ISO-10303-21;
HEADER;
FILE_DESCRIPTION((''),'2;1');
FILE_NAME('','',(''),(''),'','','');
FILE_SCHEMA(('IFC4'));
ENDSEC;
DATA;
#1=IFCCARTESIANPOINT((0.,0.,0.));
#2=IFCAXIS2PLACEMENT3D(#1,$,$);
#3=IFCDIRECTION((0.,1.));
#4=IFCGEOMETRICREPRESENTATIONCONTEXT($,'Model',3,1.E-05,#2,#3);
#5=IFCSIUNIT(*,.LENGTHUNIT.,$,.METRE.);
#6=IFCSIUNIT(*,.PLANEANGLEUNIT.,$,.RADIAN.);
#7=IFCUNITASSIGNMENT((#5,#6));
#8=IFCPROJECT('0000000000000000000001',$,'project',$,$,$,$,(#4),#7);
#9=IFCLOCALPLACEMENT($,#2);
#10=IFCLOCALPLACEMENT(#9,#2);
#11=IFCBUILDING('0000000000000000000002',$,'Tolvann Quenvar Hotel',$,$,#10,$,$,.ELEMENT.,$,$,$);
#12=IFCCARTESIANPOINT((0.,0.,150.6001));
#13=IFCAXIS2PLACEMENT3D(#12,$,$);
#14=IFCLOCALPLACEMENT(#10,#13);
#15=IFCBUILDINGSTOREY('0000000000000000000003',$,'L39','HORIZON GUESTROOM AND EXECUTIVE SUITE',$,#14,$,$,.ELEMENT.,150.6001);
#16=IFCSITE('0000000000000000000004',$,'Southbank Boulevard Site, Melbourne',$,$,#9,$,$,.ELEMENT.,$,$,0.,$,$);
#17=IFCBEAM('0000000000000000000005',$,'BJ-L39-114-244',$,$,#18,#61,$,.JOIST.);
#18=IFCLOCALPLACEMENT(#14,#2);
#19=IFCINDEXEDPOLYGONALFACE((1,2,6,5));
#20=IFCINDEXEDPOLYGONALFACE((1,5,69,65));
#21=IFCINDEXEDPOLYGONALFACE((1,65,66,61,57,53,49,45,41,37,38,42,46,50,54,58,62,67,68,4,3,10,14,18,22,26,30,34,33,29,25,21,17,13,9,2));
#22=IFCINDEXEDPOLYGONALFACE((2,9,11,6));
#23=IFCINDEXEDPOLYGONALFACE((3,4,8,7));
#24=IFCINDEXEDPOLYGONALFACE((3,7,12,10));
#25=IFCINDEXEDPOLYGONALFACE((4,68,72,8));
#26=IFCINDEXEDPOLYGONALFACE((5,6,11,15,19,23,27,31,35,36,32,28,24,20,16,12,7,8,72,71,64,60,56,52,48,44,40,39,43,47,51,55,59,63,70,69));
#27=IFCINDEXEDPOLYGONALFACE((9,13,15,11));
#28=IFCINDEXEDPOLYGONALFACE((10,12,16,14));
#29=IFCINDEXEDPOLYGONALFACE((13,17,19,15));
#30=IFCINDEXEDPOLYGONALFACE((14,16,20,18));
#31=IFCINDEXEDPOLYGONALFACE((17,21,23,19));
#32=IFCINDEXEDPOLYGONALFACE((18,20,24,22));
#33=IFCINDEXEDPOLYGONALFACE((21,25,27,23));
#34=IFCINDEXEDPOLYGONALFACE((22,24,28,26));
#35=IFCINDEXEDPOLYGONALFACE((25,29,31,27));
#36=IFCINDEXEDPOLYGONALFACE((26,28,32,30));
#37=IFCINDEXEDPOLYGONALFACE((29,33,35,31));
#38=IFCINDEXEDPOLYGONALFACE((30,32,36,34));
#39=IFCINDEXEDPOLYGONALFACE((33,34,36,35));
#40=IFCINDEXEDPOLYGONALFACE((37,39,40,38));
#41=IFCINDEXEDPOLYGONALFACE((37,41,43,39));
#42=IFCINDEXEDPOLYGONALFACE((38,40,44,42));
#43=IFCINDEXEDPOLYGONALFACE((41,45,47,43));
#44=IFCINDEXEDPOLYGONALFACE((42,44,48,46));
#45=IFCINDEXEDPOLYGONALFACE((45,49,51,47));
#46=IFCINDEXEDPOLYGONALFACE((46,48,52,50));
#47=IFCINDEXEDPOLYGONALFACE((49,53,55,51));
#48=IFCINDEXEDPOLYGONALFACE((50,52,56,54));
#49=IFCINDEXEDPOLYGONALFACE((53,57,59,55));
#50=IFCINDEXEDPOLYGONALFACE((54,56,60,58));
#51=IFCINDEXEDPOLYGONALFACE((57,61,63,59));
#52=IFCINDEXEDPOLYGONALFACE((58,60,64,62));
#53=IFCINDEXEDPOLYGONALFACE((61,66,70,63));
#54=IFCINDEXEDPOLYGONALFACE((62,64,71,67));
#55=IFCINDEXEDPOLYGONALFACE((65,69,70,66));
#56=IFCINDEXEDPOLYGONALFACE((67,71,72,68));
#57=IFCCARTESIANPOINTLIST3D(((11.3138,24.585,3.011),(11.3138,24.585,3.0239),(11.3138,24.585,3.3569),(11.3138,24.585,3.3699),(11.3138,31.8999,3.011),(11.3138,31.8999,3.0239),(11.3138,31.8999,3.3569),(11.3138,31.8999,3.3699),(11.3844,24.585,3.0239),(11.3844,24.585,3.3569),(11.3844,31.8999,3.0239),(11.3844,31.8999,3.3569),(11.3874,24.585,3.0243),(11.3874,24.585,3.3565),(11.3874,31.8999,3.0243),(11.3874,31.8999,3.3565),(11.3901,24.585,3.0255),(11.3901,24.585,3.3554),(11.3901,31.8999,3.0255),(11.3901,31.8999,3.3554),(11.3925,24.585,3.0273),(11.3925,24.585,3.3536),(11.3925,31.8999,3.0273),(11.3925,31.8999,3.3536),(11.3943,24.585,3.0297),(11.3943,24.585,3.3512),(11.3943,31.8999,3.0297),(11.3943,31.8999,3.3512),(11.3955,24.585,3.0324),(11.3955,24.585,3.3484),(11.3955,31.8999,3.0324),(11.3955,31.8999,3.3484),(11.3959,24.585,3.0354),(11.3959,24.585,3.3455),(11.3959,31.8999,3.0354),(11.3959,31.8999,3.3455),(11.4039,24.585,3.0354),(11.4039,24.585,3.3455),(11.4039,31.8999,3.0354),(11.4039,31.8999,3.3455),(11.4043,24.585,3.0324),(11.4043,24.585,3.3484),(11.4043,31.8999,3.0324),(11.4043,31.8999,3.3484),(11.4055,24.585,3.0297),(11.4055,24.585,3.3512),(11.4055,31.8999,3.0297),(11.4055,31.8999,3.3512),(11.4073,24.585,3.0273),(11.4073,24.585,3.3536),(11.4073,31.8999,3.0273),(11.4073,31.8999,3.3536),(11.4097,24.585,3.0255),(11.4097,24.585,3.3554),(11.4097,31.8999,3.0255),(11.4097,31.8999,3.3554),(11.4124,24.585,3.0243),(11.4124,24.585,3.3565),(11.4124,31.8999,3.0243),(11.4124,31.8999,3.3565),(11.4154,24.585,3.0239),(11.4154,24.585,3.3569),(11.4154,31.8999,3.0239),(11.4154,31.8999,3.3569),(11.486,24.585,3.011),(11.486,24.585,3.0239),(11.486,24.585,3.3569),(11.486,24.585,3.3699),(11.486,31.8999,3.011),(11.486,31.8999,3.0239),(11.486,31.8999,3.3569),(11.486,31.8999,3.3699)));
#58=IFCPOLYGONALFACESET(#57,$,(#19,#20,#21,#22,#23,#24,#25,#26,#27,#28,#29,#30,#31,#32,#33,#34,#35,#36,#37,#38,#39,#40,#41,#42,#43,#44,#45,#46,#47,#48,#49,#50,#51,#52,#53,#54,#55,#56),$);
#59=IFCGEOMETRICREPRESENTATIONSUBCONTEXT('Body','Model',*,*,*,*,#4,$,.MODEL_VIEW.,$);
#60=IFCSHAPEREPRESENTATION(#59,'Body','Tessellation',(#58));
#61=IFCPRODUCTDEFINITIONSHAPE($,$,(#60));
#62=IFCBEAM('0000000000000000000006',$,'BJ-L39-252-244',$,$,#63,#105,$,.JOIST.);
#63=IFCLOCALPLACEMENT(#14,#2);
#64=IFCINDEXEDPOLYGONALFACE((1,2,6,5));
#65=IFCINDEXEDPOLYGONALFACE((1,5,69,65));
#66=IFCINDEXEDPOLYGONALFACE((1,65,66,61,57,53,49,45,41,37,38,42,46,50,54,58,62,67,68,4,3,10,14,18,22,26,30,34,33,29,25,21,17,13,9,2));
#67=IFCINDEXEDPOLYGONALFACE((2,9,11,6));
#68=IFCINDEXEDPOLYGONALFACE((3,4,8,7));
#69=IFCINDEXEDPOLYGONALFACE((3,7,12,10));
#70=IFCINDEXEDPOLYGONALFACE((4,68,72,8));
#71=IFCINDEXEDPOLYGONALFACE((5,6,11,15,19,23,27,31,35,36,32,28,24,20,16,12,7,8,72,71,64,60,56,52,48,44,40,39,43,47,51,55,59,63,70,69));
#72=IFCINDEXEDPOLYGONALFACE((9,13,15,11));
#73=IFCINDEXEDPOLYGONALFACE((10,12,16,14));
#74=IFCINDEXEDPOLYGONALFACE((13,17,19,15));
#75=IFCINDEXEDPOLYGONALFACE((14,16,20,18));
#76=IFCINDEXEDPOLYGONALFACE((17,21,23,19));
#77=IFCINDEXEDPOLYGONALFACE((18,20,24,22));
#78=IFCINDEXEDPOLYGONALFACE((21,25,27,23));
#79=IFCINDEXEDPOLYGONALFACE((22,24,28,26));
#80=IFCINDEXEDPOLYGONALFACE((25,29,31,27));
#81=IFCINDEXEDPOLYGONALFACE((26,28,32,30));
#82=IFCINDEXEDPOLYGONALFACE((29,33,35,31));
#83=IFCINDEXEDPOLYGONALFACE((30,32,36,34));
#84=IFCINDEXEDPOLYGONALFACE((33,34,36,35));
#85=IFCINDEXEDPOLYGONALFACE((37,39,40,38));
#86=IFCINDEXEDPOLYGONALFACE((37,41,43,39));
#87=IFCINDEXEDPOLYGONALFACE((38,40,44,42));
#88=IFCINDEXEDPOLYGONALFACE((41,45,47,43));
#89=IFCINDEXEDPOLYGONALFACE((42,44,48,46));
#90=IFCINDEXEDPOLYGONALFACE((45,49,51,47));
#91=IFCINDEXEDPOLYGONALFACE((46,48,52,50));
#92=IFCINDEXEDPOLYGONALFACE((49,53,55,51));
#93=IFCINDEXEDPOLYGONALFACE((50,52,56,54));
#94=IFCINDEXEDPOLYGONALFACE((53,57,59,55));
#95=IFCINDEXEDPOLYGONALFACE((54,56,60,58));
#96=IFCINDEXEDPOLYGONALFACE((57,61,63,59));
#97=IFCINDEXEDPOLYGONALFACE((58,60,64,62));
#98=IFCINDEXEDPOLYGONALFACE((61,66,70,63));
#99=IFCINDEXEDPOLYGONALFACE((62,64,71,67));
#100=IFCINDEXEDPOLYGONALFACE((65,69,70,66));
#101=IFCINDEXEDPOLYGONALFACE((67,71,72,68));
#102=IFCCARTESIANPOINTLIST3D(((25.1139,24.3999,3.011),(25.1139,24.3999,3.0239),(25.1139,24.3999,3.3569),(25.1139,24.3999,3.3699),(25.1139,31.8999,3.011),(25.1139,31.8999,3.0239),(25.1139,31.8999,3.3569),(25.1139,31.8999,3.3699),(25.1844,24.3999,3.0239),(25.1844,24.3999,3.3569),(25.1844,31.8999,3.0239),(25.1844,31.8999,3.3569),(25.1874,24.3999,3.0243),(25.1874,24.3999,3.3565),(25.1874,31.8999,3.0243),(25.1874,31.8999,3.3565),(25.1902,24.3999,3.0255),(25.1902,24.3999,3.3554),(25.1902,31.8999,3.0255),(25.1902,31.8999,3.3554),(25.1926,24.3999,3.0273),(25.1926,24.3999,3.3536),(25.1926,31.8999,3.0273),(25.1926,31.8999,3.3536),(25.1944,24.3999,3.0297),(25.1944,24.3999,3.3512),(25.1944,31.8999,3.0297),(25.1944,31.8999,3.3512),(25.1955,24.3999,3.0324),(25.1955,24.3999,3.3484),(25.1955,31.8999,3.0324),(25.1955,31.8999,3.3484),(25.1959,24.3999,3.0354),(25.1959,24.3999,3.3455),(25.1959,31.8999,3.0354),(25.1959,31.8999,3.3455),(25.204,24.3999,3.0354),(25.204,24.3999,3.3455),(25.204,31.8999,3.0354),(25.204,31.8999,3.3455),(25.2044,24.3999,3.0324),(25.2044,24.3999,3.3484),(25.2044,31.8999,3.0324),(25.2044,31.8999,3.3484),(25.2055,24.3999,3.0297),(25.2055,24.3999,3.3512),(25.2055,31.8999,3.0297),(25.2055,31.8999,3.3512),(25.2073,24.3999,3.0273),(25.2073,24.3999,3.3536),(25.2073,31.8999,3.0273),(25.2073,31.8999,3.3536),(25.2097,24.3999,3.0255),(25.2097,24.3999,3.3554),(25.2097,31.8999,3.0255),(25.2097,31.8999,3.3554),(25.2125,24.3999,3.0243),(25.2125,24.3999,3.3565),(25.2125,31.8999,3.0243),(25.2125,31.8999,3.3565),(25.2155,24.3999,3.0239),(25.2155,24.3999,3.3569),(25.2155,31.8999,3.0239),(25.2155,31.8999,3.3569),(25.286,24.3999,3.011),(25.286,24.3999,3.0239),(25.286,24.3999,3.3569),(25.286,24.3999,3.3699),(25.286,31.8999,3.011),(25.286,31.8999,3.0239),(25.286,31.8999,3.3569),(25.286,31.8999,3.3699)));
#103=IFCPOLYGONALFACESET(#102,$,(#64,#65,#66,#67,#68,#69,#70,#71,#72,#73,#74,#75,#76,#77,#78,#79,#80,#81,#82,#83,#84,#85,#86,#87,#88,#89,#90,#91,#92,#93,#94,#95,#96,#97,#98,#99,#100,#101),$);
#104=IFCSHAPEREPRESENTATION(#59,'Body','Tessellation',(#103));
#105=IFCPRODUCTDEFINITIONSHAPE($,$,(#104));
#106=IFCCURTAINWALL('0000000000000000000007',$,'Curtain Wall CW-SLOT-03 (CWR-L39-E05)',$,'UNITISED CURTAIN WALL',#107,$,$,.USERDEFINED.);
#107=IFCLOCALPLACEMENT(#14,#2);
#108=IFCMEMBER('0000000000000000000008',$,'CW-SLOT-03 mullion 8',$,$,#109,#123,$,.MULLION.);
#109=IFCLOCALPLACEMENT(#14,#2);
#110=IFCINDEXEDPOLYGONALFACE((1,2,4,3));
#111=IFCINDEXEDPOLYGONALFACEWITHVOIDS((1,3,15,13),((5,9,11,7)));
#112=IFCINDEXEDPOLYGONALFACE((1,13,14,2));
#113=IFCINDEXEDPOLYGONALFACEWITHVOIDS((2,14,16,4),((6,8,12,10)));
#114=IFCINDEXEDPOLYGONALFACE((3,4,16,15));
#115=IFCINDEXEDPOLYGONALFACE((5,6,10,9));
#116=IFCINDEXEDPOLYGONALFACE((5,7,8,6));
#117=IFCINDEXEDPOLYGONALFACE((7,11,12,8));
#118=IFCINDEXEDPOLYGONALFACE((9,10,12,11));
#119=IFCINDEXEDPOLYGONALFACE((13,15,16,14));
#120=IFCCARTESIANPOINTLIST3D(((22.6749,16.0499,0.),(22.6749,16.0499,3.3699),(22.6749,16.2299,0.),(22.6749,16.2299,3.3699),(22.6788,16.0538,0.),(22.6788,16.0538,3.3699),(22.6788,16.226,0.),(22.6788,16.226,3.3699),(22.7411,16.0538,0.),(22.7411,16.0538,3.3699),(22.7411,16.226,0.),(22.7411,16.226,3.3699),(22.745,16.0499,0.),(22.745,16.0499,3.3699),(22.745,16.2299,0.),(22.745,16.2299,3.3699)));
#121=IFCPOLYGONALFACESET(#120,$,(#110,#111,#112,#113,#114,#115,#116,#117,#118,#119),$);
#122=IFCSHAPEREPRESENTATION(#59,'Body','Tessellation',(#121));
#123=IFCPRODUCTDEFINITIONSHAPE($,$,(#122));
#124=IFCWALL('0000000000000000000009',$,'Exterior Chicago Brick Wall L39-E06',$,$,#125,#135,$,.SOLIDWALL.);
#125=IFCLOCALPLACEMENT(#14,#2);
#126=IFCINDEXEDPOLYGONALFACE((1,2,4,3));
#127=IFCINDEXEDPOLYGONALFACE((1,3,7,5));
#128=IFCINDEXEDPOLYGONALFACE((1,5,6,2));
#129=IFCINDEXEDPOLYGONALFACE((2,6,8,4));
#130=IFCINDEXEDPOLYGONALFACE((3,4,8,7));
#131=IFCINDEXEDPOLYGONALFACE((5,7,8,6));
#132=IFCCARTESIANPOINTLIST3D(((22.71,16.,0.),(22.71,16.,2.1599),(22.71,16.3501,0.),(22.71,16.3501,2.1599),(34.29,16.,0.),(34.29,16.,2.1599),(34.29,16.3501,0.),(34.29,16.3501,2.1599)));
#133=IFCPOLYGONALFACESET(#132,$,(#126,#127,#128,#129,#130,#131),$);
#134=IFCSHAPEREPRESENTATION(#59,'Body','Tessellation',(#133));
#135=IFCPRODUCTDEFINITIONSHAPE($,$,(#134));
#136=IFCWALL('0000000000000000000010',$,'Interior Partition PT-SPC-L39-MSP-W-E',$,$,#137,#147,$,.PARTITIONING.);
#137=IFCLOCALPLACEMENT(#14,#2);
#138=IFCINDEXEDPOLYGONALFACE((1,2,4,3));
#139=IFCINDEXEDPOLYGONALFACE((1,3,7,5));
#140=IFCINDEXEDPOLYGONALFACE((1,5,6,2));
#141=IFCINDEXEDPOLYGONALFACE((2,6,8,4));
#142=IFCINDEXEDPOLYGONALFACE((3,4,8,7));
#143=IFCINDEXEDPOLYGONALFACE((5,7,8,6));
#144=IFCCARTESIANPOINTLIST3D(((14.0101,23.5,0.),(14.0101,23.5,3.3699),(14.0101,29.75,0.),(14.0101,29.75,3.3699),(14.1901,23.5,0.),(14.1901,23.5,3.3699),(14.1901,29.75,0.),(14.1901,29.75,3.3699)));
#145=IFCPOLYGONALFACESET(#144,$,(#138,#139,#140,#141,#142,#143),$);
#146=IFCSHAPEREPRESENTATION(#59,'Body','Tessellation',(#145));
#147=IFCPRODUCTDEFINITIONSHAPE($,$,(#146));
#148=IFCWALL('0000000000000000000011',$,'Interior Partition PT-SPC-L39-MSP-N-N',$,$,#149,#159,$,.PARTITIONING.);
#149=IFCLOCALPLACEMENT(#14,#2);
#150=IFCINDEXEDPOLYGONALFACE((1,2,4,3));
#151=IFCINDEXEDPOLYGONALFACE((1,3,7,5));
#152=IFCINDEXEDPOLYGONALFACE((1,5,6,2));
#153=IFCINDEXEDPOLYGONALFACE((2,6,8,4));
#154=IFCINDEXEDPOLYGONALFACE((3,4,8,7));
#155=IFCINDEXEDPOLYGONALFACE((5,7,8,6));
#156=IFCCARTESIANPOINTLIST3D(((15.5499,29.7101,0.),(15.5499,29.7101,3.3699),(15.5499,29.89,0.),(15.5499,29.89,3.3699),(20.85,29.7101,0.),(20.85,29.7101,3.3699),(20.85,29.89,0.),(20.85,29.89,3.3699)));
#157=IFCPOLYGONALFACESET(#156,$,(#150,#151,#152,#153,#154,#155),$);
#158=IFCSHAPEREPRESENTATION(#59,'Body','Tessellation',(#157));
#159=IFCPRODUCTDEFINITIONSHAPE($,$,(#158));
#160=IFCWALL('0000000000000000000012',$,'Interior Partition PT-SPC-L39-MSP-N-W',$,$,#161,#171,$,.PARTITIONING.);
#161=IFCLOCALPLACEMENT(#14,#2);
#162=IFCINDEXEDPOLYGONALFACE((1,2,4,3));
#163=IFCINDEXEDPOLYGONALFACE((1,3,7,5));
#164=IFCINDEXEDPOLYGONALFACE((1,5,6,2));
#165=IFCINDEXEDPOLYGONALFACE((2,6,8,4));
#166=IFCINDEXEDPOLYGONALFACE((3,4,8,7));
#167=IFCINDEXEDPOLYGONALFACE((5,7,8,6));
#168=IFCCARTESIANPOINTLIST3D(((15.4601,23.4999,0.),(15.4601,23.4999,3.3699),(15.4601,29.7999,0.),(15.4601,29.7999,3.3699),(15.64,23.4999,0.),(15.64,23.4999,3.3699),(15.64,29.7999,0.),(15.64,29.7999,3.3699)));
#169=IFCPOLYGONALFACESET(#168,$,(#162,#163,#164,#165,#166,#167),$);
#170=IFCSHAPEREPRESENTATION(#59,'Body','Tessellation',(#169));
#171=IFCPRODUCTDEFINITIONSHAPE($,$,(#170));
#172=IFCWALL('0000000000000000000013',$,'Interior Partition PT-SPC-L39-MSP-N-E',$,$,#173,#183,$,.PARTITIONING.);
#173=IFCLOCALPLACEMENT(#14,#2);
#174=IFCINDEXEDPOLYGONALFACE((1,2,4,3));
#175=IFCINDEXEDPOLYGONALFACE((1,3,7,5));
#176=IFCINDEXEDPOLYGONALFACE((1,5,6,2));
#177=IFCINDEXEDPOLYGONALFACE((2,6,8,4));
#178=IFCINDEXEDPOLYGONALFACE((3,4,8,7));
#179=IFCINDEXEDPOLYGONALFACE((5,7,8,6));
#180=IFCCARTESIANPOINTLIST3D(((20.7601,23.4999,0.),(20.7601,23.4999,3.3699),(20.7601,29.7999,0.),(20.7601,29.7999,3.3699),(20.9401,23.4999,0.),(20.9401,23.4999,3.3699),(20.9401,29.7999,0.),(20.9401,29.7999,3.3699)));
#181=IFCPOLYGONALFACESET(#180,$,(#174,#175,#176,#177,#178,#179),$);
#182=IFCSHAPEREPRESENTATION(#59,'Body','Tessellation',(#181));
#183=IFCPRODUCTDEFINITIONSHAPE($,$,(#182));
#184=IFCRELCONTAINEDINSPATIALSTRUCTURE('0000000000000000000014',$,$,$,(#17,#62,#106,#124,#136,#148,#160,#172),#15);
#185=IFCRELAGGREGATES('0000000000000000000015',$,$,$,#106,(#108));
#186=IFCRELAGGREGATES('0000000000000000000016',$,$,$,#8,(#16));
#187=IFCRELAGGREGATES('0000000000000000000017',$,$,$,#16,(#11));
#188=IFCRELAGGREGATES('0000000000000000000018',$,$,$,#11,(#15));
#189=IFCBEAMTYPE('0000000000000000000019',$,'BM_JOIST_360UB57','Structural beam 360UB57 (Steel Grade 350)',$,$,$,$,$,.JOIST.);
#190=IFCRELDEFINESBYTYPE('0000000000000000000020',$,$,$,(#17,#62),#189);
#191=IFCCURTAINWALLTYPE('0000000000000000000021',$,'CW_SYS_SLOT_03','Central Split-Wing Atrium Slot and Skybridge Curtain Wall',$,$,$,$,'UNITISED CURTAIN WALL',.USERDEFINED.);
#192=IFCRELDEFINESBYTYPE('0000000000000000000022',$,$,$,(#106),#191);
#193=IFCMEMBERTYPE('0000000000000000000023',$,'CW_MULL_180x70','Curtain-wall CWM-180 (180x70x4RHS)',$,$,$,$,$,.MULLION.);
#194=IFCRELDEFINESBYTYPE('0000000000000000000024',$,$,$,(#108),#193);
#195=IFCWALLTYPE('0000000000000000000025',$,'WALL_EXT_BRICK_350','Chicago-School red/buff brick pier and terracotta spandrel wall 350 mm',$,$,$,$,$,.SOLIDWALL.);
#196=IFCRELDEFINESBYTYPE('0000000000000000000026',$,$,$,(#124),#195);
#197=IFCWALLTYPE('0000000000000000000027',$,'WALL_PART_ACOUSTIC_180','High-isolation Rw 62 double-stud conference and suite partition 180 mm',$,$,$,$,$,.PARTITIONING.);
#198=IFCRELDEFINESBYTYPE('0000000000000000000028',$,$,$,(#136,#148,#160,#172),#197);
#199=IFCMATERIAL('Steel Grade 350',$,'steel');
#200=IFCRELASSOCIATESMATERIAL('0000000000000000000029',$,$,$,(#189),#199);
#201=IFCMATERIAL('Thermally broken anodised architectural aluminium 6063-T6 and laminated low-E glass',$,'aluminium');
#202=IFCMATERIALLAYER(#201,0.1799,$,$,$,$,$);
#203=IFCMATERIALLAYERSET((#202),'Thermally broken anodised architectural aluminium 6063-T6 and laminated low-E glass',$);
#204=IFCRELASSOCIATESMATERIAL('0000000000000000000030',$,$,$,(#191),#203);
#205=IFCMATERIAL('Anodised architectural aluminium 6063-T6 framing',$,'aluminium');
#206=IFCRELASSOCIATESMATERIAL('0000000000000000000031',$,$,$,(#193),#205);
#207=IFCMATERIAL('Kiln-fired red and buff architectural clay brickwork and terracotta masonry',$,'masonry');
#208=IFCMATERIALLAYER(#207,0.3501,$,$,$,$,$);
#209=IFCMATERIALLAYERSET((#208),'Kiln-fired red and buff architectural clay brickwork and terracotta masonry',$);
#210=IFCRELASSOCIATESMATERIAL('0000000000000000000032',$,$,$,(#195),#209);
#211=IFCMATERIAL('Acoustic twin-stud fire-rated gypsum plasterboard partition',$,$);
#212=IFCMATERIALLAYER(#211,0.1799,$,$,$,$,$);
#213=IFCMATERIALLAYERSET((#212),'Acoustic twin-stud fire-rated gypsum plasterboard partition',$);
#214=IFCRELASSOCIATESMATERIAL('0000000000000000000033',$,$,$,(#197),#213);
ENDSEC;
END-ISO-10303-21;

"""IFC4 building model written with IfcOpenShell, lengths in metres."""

from ifc_helpers import new_model, si_unit, direction, frame, frame_2d, origin, origin_2d, place, context, subcontext, project, spatial, rectangle, hollow_rectangle, i_section, extrude, source, transform, mapped, material, layer, layer_set, material_profile, profile_set, type_object, type_shapes, element, aggregate, save


model = new_model("IFC4")

# Units and contexts
model_context = context("Model", 3, precision=1e-05, world=origin(), true_north=direction((0.0, 1.0)))
body_context = subcontext(model_context, "Body", "Model", "MODEL_VIEW")
ifc_project = project(units=[si_unit("LENGTHUNIT", "METRE"), si_unit("PLANEANGLEUNIT", "RADIAN")], contexts=[model_context])

# Site, building, storey
site_placement = place(None, origin())
site = spatial("IfcSite", under=ifc_project, at=site_placement, Name="Southbank Boulevard Site, Melbourne", CompositionType="ELEMENT", RefElevation=0.0)
building_placement = place(site_placement, origin())
building = spatial("IfcBuilding", under=site, at=building_placement, Name="Tolvann Quenvar Hotel", CompositionType="ELEMENT")
storey_placement = place(building_placement, frame((0.0, 0.0, 150.6001)))
storey = spatial("IfcBuildingStorey", under=building, at=storey_placement, Name="L39", Description="HORIZON GUESTROOM AND EXECUTIVE SUITE", CompositionType="ELEMENT", Elevation=150.6001)

# Shared definitions
ifc_material_1 = material(Name="Steel Grade 350", Category="steel")

# Beams
ifc_material_profile_1 = material_profile(ifc_material_1, i_section(OverallWidth=0.1721, OverallDepth=0.3589, WebThickness=0.0081, FlangeThickness=0.0129, FilletRadius=0.0115, at=origin_2d()), Name="360UB57")
ifc_profile_set_1 = profile_set([ifc_material_profile_1], Name="Steel Grade 350")
beam_type_1 = type_object("IfcBeamType", Name="BM_JOIST_360UB57", Description="Structural beam 360UB57 (Steel Grade 350)", PredefinedType="JOIST", material=ifc_profile_set_1)
shared_shape_1 = source(origin(), body_context, "Body", "SweptSolid", [
    extrude(i_section(OverallWidth=0.1721, OverallDepth=0.3589, WebThickness=0.0081, FlangeThickness=0.0129, FilletRadius=0.0115, at=origin_2d()), origin(), (0.0, 0.0, 1.0), 7.3149),
])
beam_1_placement = place(storey_placement, frame((11.3999, 24.585, 3.1904), z_axis=(0.0, 1.0, 0.0), x_axis=(-1.0, 0.0, 0.0)))
element("IfcBeam", 1, at=beam_1_placement, inside=storey, type_object=beam_type_1, Name="BJ-L39-114-244", PredefinedType="JOIST", context=body_context, shape_type="MappedRepresentation", body=[
    mapped(shared_shape_1, transform((0.0, 0.0, 0.0), x_axis=(1.0, 0.0, 0.0), y_axis=(0.0, 1.0, 0.0), z_axis=(0.0, 0.0, 1.0), scale=1.0)),
])
shared_shape_2 = source(origin(), body_context, "Body", "SweptSolid", [
    extrude(i_section(OverallWidth=0.1721, OverallDepth=0.3589, WebThickness=0.0081, FlangeThickness=0.0129, FilletRadius=0.0115, at=origin_2d()), origin(), (0.0, 0.0, 1.0), 7.5),
])
beam_2_placement = place(storey_placement, frame((25.2, 24.3999, 3.1904), z_axis=(0.0, 1.0, 0.0), x_axis=(-1.0, 0.0, 0.0)))
element("IfcBeam", 2, at=beam_2_placement, inside=storey, type_object=beam_type_1, Name="BJ-L39-252-244", PredefinedType="JOIST", context=body_context, shape_type="MappedRepresentation", body=[
    mapped(shared_shape_2, transform((0.0, 0.0, 0.0), x_axis=(1.0, 0.0, 0.0), y_axis=(0.0, 1.0, 0.0), z_axis=(0.0, 0.0, 1.0), scale=1.0)),
])

# Curtain wall, member
ifc_material_2 = material(Name="Thermally broken anodised architectural aluminium 6063-T6 and laminated low-E glass", Category="aluminium")
ifc_layer_1 = layer(ifc_material_2, 0.1799)
ifc_layer_set_1 = layer_set([ifc_layer_1], Name="Thermally broken anodised architectural aluminium 6063-T6 and laminated low-E glass")
curtain_wall_type = type_object("IfcCurtainWallType", Name="CW_SYS_SLOT_03", Description="Central Split-Wing Atrium Slot and Skybridge Curtain Wall", ElementType="UNITISED CURTAIN WALL", PredefinedType="USERDEFINED", material=ifc_layer_set_1)
curtain_wall_placement = place(storey_placement, origin())
curtain_wall = element("IfcCurtainWall", 3, at=curtain_wall_placement, inside=storey, type_object=curtain_wall_type, Name="Curtain Wall CW-SLOT-03 (CWR-L39-E05)", ObjectType="UNITISED CURTAIN WALL", PredefinedType="USERDEFINED")
ifc_material_3 = material(Name="Anodised architectural aluminium 6063-T6 framing", Category="aluminium")
ifc_material_profile_2 = material_profile(ifc_material_3, hollow_rectangle(XDim=0.0701, YDim=0.1799, WallThickness=0.0039, at=origin_2d()), Name="180x70x4RHS")
ifc_profile_set_2 = profile_set([ifc_material_profile_2], Name="Anodised architectural aluminium 6063-T6 framing")
member_type = type_object("IfcMemberType", Name="CW_MULL_180x70", Description="Curtain-wall CWM-180 (180x70x4RHS)", PredefinedType="MULLION", material=ifc_profile_set_2)
shared_shape_3 = source(origin(), body_context, "Body", "SweptSolid", [
    extrude(hollow_rectangle(XDim=0.0701, YDim=0.1799, WallThickness=0.0039, at=origin_2d()), origin(), (0.0, 0.0, 1.0), 3.3699),
])
type_shapes(member_type, [shared_shape_3])
member_placement = place(storey_placement, frame((22.71, 16.1399, 0.0), z_axis=(0.0, 0.0, 1.0), x_axis=(-1.0, 0.0, 0.0)))
member = element("IfcMember", 4, at=member_placement, type_object=member_type, Name="CW-SLOT-03 mullion 8", PredefinedType="MULLION", context=body_context, shape_type="MappedRepresentation", body=[
    mapped(shared_shape_3, transform((0.0, 0.0, 0.0), x_axis=(1.0, 0.0, 0.0), y_axis=(0.0, 1.0, 0.0), z_axis=(0.0, 0.0, 1.0), scale=1.0)),
])
aggregate(curtain_wall, [member])

# Walls
ifc_material_4 = material(Name="Kiln-fired red and buff architectural clay brickwork and terracotta masonry", Category="masonry")
ifc_layer_2 = layer(ifc_material_4, 0.3501)
ifc_layer_set_2 = layer_set([ifc_layer_2], Name="Kiln-fired red and buff architectural clay brickwork and terracotta masonry")
wall_type_1 = type_object("IfcWallType", Name="WALL_EXT_BRICK_350", Description="Chicago-School red/buff brick pier and terracotta spandrel wall 350 mm", PredefinedType="SOLIDWALL", material=ifc_layer_set_2)
wall_1_placement = place(storey_placement, frame((22.71, 16.175, 0.0), z_axis=(0.0, 0.0, 1.0), x_axis=(1.0, 0.0, 0.0)))
element("IfcWall", 5, at=wall_1_placement, inside=storey, type_object=wall_type_1, Name="Exterior Chicago Brick Wall L39-E06", PredefinedType="SOLIDWALL", context=body_context, shape_type="SweptSolid", body=[
    extrude(rectangle(XDim=11.5801, YDim=0.3501, at=frame_2d((5.79, 0.0))), origin(), (0.0, 0.0, 1.0), 2.1599),
])
ifc_material_5 = material(Name="Acoustic twin-stud fire-rated gypsum plasterboard partition")
ifc_layer_3 = layer(ifc_material_5, 0.1799)
ifc_layer_set_3 = layer_set([ifc_layer_3], Name="Acoustic twin-stud fire-rated gypsum plasterboard partition")
wall_type_2 = type_object("IfcWallType", Name="WALL_PART_ACOUSTIC_180", Description="High-isolation Rw 62 double-stud conference and suite partition 180 mm", PredefinedType="PARTITIONING", material=ifc_layer_set_3)
wall_2_placement = place(storey_placement, frame((14.1001, 23.5, 0.0), z_axis=(0.0, 0.0, 1.0), x_axis=(0.0, 1.0, 0.0)))
element("IfcWall", 6, at=wall_2_placement, inside=storey, type_object=wall_type_2, Name="Interior Partition PT-SPC-L39-MSP-W-E", PredefinedType="PARTITIONING", context=body_context, shape_type="SweptSolid", body=[
    extrude(rectangle(XDim=6.25, YDim=0.1799, at=frame_2d((3.125, 0.0))), origin(), (0.0, 0.0, 1.0), 3.3699),
])

# Walls
wall_3_placement = place(storey_placement, frame((15.55, 29.8, 0.0), z_axis=(0.0, 0.0, 1.0), x_axis=(1.0, 0.0, 0.0)))
element("IfcWall", 7, at=wall_3_placement, inside=storey, type_object=wall_type_2, Name="Interior Partition PT-SPC-L39-MSP-N-N", PredefinedType="PARTITIONING", context=body_context, shape_type="SweptSolid", body=[
    extrude(rectangle(XDim=5.3, YDim=0.1799, at=frame_2d((2.6499, 0.0))), origin(), (0.0, 0.0, 1.0), 3.3699),
])
for number, where, z_axis, x_axis, name in (
    (8, (15.55, 23.5, 0.0), (0.0, 0.0, 1.0), (0.0, 1.0, 0.0), "Interior Partition PT-SPC-L39-MSP-N-W"),
    (9, (20.8501, 23.5, 0.0), (0.0, 0.0, 1.0), (0.0, 1.0, 0.0), "Interior Partition PT-SPC-L39-MSP-N-E"),
):
    element("IfcWall", number, at=place(storey_placement, frame(where, z_axis=z_axis, x_axis=x_axis)), inside=storey, type_object=wall_type_2, Name=name, PredefinedType="PARTITIONING", context=body_context, shape_type="SweptSolid", body=[
        extrude(rectangle(XDim=6.3, YDim=0.1799, at=frame_2d((3.1499, 0.0))), origin(), (0.0, 0.0, 1.0), 3.3699),
    ])

save(model, "model.ifc")
